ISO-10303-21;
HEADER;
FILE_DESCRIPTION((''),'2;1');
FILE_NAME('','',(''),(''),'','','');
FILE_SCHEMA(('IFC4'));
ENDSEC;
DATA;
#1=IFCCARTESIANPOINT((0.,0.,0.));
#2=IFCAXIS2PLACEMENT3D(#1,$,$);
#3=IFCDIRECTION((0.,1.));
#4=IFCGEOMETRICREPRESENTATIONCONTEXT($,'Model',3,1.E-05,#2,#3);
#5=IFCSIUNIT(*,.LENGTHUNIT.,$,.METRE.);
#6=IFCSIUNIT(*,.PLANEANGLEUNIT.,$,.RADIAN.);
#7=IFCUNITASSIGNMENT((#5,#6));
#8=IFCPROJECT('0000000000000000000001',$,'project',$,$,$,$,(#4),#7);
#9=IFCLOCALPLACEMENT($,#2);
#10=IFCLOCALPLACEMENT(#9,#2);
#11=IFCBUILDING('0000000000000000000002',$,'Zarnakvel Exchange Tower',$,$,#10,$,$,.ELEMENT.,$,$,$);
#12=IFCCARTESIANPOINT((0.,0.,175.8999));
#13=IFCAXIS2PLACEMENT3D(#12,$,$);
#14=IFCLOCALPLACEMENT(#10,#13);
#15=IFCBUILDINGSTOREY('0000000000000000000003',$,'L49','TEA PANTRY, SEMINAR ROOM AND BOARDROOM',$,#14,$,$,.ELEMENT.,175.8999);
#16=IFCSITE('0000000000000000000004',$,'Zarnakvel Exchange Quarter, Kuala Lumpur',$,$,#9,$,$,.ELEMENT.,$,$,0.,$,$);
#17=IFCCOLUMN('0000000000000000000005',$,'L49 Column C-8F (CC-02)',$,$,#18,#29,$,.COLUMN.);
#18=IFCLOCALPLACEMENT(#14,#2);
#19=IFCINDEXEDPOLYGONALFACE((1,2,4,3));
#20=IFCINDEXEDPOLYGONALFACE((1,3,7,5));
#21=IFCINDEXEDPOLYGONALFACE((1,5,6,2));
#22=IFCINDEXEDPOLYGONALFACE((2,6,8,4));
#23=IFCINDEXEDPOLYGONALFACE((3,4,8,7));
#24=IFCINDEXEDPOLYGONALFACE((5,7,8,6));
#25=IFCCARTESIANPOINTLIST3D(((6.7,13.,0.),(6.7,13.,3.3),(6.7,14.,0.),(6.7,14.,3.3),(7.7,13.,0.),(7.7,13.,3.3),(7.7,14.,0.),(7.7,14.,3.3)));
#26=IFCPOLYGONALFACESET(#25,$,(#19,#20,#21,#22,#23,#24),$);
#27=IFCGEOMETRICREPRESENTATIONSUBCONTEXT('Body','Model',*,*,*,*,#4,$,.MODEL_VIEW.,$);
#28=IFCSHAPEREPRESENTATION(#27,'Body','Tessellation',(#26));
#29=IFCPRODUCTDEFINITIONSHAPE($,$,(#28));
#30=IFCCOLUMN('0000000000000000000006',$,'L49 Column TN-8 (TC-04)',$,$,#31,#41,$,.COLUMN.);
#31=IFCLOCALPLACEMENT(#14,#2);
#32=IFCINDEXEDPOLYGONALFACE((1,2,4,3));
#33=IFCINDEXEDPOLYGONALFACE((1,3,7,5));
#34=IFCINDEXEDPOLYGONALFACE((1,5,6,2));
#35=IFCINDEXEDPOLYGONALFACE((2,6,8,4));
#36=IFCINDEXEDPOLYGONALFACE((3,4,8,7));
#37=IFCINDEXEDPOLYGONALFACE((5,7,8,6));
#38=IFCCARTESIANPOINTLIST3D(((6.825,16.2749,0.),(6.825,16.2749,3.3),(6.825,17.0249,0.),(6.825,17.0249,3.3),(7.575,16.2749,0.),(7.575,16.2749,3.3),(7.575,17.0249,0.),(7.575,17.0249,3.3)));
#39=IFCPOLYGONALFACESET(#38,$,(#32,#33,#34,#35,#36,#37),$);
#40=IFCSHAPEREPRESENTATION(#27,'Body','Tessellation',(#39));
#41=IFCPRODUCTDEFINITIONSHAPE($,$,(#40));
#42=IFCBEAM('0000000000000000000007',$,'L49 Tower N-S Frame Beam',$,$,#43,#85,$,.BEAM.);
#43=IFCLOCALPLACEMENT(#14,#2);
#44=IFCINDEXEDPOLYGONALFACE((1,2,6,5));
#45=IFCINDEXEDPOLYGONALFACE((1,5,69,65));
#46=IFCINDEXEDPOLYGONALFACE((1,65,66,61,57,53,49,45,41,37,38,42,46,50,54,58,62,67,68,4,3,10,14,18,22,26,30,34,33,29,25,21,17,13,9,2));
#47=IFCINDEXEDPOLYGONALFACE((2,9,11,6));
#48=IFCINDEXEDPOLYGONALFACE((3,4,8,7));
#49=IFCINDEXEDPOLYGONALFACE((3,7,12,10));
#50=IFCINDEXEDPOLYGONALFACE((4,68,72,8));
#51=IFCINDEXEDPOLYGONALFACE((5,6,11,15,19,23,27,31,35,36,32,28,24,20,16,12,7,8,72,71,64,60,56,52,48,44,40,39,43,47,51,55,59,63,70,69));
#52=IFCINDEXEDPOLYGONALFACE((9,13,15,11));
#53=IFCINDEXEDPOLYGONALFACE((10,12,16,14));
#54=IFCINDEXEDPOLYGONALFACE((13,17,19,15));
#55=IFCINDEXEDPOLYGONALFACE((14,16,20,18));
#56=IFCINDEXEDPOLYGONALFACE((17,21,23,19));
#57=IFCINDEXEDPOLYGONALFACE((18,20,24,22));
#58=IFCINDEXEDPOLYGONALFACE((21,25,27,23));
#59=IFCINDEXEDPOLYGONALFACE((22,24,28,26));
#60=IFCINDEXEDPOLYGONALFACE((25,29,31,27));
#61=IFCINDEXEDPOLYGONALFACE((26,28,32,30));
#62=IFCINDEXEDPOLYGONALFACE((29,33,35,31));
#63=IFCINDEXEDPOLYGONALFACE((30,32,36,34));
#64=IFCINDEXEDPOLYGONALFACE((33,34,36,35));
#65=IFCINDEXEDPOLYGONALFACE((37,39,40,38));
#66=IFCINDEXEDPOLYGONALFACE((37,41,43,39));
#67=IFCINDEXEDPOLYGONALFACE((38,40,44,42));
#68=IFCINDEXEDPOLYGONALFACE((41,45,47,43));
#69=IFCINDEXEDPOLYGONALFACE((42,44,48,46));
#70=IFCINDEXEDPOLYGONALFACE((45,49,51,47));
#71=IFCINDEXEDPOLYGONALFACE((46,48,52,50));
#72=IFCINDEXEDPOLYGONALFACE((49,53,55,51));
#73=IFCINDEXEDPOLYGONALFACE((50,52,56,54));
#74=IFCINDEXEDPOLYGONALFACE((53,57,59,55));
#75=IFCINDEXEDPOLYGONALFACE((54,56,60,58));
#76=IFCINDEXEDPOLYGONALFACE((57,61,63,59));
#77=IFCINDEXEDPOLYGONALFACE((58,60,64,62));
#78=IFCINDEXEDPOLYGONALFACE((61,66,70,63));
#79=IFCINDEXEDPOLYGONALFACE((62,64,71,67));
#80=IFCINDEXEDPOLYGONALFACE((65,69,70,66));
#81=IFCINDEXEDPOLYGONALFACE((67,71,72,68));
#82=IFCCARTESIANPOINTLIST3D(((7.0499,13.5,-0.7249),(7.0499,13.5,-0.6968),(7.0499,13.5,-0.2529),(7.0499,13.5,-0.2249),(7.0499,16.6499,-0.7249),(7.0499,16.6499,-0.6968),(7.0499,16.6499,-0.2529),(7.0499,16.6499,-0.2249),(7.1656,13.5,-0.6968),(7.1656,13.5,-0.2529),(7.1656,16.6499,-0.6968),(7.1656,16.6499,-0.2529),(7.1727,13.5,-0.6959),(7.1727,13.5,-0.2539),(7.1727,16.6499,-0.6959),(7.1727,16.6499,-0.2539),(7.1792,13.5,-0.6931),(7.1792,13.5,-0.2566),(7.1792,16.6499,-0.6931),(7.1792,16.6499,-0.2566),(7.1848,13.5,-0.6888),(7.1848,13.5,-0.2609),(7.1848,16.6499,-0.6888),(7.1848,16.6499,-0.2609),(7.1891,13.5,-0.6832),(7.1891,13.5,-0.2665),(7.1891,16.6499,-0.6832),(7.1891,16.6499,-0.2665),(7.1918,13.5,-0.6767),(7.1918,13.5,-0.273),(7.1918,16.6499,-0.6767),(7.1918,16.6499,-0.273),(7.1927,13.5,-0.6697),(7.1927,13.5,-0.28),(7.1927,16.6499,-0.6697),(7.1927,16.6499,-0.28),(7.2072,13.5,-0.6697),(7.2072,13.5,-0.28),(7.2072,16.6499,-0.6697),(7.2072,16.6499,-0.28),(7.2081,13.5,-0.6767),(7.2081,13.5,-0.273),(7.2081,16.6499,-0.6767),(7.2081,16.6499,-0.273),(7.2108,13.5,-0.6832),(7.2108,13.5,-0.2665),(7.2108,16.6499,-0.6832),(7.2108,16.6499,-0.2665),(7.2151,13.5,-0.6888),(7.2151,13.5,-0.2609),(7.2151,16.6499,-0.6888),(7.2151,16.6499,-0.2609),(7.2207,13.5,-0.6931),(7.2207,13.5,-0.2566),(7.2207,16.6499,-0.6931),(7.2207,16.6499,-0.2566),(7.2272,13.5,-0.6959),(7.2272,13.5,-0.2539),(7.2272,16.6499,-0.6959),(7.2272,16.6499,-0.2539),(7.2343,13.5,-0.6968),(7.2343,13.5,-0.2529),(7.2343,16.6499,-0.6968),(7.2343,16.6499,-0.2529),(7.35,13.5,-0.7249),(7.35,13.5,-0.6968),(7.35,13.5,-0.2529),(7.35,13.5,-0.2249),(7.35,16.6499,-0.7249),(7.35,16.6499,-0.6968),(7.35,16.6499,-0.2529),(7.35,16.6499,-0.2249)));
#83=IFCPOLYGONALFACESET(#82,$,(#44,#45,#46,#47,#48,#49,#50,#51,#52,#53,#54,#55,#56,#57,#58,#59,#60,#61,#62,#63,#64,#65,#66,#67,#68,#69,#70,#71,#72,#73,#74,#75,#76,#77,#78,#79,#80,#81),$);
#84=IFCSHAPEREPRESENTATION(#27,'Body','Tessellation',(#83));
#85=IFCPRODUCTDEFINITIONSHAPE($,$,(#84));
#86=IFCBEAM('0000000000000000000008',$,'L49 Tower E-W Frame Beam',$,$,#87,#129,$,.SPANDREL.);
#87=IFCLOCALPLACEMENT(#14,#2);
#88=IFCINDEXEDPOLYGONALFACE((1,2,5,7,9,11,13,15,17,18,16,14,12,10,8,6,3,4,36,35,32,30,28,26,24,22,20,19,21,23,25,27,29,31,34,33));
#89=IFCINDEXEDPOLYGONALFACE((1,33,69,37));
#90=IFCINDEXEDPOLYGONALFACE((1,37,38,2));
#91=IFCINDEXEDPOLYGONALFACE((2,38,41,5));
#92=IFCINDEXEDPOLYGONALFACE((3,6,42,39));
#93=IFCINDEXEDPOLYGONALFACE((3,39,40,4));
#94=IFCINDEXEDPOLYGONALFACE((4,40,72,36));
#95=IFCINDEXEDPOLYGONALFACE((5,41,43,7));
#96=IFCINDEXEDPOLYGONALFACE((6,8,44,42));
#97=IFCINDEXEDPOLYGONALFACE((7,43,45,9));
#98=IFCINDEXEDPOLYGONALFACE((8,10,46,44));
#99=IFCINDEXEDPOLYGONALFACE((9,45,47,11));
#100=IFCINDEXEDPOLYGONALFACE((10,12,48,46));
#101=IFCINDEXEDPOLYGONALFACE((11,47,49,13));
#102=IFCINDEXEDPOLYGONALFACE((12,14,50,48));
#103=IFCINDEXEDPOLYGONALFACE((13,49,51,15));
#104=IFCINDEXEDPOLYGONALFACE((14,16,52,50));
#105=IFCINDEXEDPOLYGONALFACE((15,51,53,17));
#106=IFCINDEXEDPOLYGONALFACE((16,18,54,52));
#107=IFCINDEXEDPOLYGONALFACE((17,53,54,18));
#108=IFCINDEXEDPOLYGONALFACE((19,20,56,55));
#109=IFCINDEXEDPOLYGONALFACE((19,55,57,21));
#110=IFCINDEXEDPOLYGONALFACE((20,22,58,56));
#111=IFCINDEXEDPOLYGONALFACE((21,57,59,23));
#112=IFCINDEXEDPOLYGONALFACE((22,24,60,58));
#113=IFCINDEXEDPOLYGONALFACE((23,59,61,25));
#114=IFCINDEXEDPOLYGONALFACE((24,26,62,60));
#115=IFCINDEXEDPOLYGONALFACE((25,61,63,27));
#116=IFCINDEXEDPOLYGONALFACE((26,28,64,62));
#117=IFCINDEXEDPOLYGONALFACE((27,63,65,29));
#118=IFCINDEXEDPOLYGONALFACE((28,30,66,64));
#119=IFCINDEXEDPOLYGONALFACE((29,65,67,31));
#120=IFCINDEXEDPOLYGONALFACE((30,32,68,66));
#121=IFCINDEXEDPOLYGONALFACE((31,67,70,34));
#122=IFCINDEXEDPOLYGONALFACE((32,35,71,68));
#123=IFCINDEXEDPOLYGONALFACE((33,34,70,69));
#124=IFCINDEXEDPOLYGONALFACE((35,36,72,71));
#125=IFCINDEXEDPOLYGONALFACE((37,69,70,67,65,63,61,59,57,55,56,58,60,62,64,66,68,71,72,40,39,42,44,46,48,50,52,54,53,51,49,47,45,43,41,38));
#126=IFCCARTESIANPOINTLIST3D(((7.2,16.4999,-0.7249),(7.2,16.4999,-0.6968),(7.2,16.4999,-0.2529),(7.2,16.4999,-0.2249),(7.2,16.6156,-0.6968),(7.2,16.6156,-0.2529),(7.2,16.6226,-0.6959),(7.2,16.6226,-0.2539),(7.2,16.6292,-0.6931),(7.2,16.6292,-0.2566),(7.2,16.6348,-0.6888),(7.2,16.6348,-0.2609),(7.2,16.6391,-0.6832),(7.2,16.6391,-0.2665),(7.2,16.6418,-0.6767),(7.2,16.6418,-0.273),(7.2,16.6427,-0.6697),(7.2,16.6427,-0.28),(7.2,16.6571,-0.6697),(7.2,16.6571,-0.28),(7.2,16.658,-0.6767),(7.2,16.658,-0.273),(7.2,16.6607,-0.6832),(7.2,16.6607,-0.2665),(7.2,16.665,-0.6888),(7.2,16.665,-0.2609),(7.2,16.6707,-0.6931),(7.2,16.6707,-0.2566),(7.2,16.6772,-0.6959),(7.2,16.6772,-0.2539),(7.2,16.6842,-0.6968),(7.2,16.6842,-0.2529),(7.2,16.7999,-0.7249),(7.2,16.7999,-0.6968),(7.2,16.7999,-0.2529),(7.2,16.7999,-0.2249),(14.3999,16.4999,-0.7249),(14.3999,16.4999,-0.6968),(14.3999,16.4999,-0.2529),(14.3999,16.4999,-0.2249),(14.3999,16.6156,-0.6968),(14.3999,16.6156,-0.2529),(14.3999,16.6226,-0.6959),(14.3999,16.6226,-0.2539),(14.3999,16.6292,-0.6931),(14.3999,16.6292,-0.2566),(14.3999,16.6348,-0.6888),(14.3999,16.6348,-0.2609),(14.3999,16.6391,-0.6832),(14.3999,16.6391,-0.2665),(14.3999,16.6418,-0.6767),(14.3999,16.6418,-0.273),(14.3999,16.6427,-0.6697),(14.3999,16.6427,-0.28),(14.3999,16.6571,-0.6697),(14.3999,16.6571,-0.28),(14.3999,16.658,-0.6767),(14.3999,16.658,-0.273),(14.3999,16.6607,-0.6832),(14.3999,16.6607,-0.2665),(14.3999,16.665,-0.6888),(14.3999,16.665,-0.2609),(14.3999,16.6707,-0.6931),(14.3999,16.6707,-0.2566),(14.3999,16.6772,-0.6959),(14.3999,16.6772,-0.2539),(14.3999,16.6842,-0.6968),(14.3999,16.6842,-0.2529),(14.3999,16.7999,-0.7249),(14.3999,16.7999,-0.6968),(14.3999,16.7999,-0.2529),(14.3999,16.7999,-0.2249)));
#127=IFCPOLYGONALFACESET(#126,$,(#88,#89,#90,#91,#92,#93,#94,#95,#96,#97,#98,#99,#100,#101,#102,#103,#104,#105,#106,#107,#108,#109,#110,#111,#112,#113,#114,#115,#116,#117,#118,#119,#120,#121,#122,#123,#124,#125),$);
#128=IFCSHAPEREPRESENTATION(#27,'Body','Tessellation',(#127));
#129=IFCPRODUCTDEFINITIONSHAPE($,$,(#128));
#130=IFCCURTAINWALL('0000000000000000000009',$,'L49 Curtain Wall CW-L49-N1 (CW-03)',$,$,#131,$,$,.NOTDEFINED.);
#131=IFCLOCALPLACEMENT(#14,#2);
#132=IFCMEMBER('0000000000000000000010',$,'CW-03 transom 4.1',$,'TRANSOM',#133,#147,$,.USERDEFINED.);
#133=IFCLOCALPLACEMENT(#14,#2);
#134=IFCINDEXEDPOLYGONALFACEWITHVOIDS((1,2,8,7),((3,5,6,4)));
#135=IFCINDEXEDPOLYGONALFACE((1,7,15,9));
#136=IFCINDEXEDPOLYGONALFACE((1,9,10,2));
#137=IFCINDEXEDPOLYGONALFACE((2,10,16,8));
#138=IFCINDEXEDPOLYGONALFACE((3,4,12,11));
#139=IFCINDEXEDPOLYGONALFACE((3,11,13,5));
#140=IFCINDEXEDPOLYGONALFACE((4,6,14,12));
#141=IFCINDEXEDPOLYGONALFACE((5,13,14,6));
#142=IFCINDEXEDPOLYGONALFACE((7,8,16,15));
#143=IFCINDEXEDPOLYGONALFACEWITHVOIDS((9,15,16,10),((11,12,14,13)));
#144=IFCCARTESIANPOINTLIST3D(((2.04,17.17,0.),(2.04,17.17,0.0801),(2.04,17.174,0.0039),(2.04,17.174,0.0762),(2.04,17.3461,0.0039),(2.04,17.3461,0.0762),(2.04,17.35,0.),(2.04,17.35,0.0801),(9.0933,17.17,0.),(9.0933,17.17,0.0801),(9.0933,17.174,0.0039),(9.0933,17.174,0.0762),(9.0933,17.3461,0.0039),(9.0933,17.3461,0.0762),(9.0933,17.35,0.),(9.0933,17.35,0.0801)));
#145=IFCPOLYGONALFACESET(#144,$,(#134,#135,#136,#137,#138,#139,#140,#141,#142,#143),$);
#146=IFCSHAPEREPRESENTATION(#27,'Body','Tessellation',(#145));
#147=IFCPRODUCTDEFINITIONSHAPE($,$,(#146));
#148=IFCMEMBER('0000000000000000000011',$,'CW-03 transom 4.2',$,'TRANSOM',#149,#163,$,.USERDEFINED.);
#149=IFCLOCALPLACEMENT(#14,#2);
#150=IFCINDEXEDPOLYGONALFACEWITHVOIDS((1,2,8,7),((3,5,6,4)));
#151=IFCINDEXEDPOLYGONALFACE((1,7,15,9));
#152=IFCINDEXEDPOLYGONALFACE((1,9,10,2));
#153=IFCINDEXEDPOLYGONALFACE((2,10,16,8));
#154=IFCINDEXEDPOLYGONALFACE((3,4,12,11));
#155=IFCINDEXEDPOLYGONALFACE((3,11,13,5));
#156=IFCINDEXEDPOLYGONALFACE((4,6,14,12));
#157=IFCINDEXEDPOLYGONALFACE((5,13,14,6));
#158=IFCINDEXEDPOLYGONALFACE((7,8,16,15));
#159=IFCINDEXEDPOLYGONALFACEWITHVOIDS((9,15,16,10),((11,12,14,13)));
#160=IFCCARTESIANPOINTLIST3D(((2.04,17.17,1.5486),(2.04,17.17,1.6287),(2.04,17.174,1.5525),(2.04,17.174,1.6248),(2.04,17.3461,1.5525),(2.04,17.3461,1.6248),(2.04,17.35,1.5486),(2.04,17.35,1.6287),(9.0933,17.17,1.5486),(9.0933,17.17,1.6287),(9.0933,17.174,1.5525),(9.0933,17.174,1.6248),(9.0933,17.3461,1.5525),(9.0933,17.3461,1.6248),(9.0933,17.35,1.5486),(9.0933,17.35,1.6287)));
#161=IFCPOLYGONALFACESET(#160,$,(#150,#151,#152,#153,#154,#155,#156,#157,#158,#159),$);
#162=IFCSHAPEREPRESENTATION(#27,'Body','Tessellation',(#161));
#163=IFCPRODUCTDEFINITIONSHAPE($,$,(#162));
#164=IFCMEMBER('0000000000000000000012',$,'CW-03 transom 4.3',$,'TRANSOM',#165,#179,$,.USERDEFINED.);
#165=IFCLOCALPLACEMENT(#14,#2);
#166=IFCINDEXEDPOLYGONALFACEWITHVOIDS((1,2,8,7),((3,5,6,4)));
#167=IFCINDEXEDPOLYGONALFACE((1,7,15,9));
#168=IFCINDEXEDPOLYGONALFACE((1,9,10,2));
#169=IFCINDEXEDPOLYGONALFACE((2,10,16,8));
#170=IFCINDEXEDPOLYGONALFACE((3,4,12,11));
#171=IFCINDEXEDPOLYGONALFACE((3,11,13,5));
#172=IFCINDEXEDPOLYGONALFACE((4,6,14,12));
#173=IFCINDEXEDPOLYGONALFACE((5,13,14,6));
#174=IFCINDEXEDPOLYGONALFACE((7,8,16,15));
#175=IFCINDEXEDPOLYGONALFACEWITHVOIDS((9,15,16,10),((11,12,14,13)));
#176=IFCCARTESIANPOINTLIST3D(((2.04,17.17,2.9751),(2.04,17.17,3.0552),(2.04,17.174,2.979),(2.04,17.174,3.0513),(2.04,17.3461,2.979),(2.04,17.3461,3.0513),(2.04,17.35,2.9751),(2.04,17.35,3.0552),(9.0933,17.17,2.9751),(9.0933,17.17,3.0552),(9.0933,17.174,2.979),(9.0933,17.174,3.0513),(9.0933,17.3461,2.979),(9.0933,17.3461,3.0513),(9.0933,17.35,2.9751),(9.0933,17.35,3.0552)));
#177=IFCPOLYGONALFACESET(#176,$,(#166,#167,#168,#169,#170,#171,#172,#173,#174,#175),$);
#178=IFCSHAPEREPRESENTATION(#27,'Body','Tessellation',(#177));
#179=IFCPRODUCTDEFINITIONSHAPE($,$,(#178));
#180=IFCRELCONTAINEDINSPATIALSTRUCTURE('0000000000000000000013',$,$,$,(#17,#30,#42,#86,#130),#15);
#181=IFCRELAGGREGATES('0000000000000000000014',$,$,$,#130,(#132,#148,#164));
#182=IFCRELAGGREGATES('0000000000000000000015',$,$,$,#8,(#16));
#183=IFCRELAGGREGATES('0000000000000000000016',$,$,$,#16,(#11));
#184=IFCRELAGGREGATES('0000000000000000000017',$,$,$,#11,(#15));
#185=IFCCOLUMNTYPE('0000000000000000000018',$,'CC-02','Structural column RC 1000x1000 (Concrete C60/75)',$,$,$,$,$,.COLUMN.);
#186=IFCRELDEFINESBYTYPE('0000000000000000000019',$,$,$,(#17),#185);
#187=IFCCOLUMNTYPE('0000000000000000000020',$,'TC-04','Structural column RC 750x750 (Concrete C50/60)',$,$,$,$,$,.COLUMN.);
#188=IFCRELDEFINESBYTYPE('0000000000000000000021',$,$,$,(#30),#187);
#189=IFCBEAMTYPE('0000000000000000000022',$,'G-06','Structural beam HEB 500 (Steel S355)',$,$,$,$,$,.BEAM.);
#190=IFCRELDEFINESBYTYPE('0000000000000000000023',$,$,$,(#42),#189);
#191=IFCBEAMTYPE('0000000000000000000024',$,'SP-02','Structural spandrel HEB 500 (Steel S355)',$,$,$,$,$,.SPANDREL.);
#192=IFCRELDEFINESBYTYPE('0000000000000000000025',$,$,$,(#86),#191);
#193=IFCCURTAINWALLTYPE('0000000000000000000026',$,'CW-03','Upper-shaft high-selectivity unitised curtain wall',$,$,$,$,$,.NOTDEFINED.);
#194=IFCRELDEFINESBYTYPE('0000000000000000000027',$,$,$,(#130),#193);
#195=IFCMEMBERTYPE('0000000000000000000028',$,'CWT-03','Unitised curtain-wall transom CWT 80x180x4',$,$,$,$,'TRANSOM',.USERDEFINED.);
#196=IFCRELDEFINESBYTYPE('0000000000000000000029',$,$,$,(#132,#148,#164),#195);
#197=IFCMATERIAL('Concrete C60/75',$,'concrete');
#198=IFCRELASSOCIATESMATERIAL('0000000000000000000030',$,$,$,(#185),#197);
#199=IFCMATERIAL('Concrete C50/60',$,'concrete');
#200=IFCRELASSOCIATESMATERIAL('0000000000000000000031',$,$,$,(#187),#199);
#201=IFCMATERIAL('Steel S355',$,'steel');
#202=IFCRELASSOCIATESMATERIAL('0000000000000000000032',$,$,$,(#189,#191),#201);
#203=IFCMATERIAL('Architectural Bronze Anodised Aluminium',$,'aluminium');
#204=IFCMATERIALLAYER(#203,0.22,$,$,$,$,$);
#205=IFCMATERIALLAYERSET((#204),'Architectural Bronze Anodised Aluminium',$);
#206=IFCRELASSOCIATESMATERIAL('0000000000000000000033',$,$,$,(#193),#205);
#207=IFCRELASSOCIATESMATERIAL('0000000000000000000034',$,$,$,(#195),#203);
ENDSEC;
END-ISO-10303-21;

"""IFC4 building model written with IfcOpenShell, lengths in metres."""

from ifc_helpers import new_model, si_unit, direction, frame, origin, origin_2d, place, context, subcontext, project, spatial, rectangle, hollow_rectangle, i_section, extrude, source, transform, mapped, material, layer, layer_set, material_profile, profile_set, type_object, element, aggregate, save


model = new_model("IFC4")

# Units and contexts
model_context = context("Model", 3, precision=1e-05, world=origin(), true_north=direction((0.0, 1.0)))
body_context = subcontext(model_context, "Body", "Model", "MODEL_VIEW")
ifc_project = project(units=[si_unit("LENGTHUNIT", "METRE"), si_unit("PLANEANGLEUNIT", "RADIAN")], contexts=[model_context])

# Site, building, storey
site_placement = place(None, origin())
site = spatial("IfcSite", under=ifc_project, at=site_placement, Name="Zarnakvel Exchange Quarter, Kuala Lumpur", CompositionType="ELEMENT", RefElevation=0.0)
building_placement = place(site_placement, origin())
building = spatial("IfcBuilding", under=site, at=building_placement, Name="Zarnakvel Exchange Tower", CompositionType="ELEMENT")
storey_placement = place(building_placement, frame((0.0, 0.0, 175.8999)))
storey = spatial("IfcBuildingStorey", under=building, at=storey_placement, Name="L49", Description="TEA PANTRY, SEMINAR ROOM AND BOARDROOM", CompositionType="ELEMENT", Elevation=175.8999)

# Columns
ifc_material_1 = material(Name="Concrete C60/75", Category="concrete")
ifc_material_profile_1 = material_profile(ifc_material_1, rectangle(XDim=1.0, YDim=1.0, at=origin_2d()))
ifc_profile_set_1 = profile_set([ifc_material_profile_1], Name="Concrete C60/75")
column_type_1 = type_object("IfcColumnType", Name="CC-02", Description="Structural column RC 1000x1000 (Concrete C60/75)", PredefinedType="COLUMN", material=ifc_profile_set_1)
column_1_placement = place(storey_placement, frame((7.2, 13.5, 0.0), z_axis=(0.0, 0.0, 1.0), x_axis=(1.0, 0.0, 0.0)))
element("IfcColumn", 1, at=column_1_placement, inside=storey, type_object=column_type_1, Name="L49 Column C-8F (CC-02)", PredefinedType="COLUMN", context=body_context, shape_type="SweptSolid", body=[
    extrude(rectangle(XDim=1.0, YDim=1.0, at=origin_2d()), origin(), (0.0, 0.0, 1.0), 3.3),
])
ifc_material_2 = material(Name="Concrete C50/60", Category="concrete")
ifc_material_profile_2 = material_profile(ifc_material_2, rectangle(XDim=0.75, YDim=0.75, at=origin_2d()))
ifc_profile_set_2 = profile_set([ifc_material_profile_2], Name="Concrete C50/60")
column_type_2 = type_object("IfcColumnType", Name="TC-04", Description="Structural column RC 750x750 (Concrete C50/60)", PredefinedType="COLUMN", material=ifc_profile_set_2)
column_2_placement = place(storey_placement, frame((7.2, 16.6499, 0.0), z_axis=(0.0, 0.0, 1.0), x_axis=(1.0, 0.0, 0.0)))
element("IfcColumn", 2, at=column_2_placement, inside=storey, type_object=column_type_2, Name="L49 Column TN-8 (TC-04)", PredefinedType="COLUMN", context=body_context, shape_type="SweptSolid", body=[
    extrude(rectangle(XDim=0.75, YDim=0.75, at=origin_2d()), origin(), (0.0, 0.0, 1.0), 3.3),
])

# Beams
ifc_material_3 = material(Name="Steel S355", Category="steel")
ifc_material_profile_3 = material_profile(ifc_material_3, i_section(OverallWidth=0.3, OverallDepth=0.5, WebThickness=0.0144, FlangeThickness=0.0281, FilletRadius=0.0271, at=origin_2d()))
ifc_profile_set_3 = profile_set([ifc_material_profile_3], Name="Steel S355")
beam_type_1 = type_object("IfcBeamType", Name="G-06", Description="Structural beam HEB 500 (Steel S355)", PredefinedType="BEAM", material=ifc_profile_set_3)
beam_1_placement = place(storey_placement, frame((7.2, 13.5, -0.4749), z_axis=(0.0, 1.0, 0.0), x_axis=(-1.0, 0.0, 0.0)))
element("IfcBeam", 3, at=beam_1_placement, inside=storey, type_object=beam_type_1, Name="L49 Tower N-S Frame Beam", PredefinedType="BEAM", context=body_context, shape_type="SweptSolid", body=[
    extrude(i_section(OverallWidth=0.3, OverallDepth=0.5, WebThickness=0.0144, FlangeThickness=0.0281, FilletRadius=0.0271, at=origin_2d()), origin(), (0.0, 0.0, 1.0), 3.1499),
])
ifc_material_profile_4 = material_profile(ifc_material_3, i_section(OverallWidth=0.3, OverallDepth=0.5, WebThickness=0.0144, FlangeThickness=0.0281, FilletRadius=0.0271, at=origin_2d()))
ifc_profile_set_4 = profile_set([ifc_material_profile_4], Name="Steel S355")
beam_type_2 = type_object("IfcBeamType", Name="SP-02", Description="Structural spandrel HEB 500 (Steel S355)", PredefinedType="SPANDREL", material=ifc_profile_set_4)
beam_2_placement = place(storey_placement, frame((7.2, 16.6499, -0.4749), z_axis=(1.0, 0.0, 0.0), x_axis=(0.0, 1.0, 0.0)))
element("IfcBeam", 4, at=beam_2_placement, inside=storey, type_object=beam_type_2, Name="L49 Tower E-W Frame Beam", PredefinedType="SPANDREL", context=body_context, shape_type="SweptSolid", body=[
    extrude(i_section(OverallWidth=0.3, OverallDepth=0.5, WebThickness=0.0144, FlangeThickness=0.0281, FilletRadius=0.0271, at=origin_2d()), origin(), (0.0, 0.0, 1.0), 7.2),
])

# Curtain wall, members
ifc_material_4 = material(Name="Architectural Bronze Anodised Aluminium", Category="aluminium")
ifc_layer_1 = layer(ifc_material_4, 0.22)
ifc_layer_set_1 = layer_set([ifc_layer_1], Name="Architectural Bronze Anodised Aluminium")
curtain_wall_type = type_object("IfcCurtainWallType", Name="CW-03", Description="Upper-shaft high-selectivity unitised curtain wall", PredefinedType="NOTDEFINED", material=ifc_layer_set_1)
curtain_wall_placement = place(storey_placement, origin())
curtain_wall = element("IfcCurtainWall", 5, at=curtain_wall_placement, inside=storey, type_object=curtain_wall_type, Name="L49 Curtain Wall CW-L49-N1 (CW-03)", PredefinedType="NOTDEFINED")
ifc_material_profile_5 = material_profile(ifc_material_4, hollow_rectangle(XDim=0.1799, YDim=0.0801, WallThickness=0.0039, at=origin_2d()))
ifc_profile_set_5 = profile_set([ifc_material_profile_5], Name="Architectural Bronze Anodised Aluminium")
member_type_1 = type_object("IfcMemberType", Name="CWT-03", Description="Unitised curtain-wall transom CWT 80x180x4", ElementType="TRANSOM", PredefinedType="USERDEFINED", material=ifc_profile_set_5)
shared_shape_1 = source(origin(), body_context, "Body", "SweptSolid", [
    extrude(hollow_rectangle(XDim=0.1799, YDim=0.0801, WallThickness=0.0039, at=origin_2d()), origin(), (0.0, 0.0, 1.0), 7.0532),
])
member_1_placement = place(storey_placement, frame((2.04, 17.26, 0.04), z_axis=(1.0, 0.0, 0.0), x_axis=(0.0, 1.0, 0.0)))
member_1 = element("IfcMember", 6, at=member_1_placement, type_object=member_type_1, Name="CW-03 transom 4.1", ObjectType="TRANSOM", PredefinedType="USERDEFINED", context=body_context, shape_type="MappedRepresentation", body=[
    mapped(shared_shape_1, transform((0.0, 0.0, 0.0), x_axis=(1.0, 0.0, 0.0), y_axis=(0.0, 1.0, 0.0), z_axis=(0.0, 0.0, 1.0), scale=1.0)),
])
member_2_placement = place(storey_placement, frame((2.04, 17.26, 1.5886), z_axis=(1.0, 0.0, 0.0), x_axis=(0.0, 1.0, 0.0)))
member_2 = element("IfcMember", 7, at=member_2_placement, type_object=member_type_1, Name="CW-03 transom 4.2", ObjectType="TRANSOM", PredefinedType="USERDEFINED", context=body_context, shape_type="MappedRepresentation", body=[
    mapped(shared_shape_1, transform((0.0, 0.0, 0.0), x_axis=(1.0, 0.0, 0.0), y_axis=(0.0, 1.0, 0.0), z_axis=(0.0, 0.0, 1.0), scale=1.0)),
])
member_3_placement = place(storey_placement, frame((2.04, 17.26, 3.0151), z_axis=(1.0, 0.0, 0.0), x_axis=(0.0, 1.0, 0.0)))
member_3 = element("IfcMember", 8, at=member_3_placement, type_object=member_type_1, Name="CW-03 transom 4.3", ObjectType="TRANSOM", PredefinedType="USERDEFINED", context=body_context, shape_type="MappedRepresentation", body=[
    mapped(shared_shape_1, transform((0.0, 0.0, 0.0), x_axis=(1.0, 0.0, 0.0), y_axis=(0.0, 1.0, 0.0), z_axis=(0.0, 0.0, 1.0), scale=1.0)),
])
aggregate(curtain_wall, [member_1, member_2, member_3])

save(model, "model.ifc")
